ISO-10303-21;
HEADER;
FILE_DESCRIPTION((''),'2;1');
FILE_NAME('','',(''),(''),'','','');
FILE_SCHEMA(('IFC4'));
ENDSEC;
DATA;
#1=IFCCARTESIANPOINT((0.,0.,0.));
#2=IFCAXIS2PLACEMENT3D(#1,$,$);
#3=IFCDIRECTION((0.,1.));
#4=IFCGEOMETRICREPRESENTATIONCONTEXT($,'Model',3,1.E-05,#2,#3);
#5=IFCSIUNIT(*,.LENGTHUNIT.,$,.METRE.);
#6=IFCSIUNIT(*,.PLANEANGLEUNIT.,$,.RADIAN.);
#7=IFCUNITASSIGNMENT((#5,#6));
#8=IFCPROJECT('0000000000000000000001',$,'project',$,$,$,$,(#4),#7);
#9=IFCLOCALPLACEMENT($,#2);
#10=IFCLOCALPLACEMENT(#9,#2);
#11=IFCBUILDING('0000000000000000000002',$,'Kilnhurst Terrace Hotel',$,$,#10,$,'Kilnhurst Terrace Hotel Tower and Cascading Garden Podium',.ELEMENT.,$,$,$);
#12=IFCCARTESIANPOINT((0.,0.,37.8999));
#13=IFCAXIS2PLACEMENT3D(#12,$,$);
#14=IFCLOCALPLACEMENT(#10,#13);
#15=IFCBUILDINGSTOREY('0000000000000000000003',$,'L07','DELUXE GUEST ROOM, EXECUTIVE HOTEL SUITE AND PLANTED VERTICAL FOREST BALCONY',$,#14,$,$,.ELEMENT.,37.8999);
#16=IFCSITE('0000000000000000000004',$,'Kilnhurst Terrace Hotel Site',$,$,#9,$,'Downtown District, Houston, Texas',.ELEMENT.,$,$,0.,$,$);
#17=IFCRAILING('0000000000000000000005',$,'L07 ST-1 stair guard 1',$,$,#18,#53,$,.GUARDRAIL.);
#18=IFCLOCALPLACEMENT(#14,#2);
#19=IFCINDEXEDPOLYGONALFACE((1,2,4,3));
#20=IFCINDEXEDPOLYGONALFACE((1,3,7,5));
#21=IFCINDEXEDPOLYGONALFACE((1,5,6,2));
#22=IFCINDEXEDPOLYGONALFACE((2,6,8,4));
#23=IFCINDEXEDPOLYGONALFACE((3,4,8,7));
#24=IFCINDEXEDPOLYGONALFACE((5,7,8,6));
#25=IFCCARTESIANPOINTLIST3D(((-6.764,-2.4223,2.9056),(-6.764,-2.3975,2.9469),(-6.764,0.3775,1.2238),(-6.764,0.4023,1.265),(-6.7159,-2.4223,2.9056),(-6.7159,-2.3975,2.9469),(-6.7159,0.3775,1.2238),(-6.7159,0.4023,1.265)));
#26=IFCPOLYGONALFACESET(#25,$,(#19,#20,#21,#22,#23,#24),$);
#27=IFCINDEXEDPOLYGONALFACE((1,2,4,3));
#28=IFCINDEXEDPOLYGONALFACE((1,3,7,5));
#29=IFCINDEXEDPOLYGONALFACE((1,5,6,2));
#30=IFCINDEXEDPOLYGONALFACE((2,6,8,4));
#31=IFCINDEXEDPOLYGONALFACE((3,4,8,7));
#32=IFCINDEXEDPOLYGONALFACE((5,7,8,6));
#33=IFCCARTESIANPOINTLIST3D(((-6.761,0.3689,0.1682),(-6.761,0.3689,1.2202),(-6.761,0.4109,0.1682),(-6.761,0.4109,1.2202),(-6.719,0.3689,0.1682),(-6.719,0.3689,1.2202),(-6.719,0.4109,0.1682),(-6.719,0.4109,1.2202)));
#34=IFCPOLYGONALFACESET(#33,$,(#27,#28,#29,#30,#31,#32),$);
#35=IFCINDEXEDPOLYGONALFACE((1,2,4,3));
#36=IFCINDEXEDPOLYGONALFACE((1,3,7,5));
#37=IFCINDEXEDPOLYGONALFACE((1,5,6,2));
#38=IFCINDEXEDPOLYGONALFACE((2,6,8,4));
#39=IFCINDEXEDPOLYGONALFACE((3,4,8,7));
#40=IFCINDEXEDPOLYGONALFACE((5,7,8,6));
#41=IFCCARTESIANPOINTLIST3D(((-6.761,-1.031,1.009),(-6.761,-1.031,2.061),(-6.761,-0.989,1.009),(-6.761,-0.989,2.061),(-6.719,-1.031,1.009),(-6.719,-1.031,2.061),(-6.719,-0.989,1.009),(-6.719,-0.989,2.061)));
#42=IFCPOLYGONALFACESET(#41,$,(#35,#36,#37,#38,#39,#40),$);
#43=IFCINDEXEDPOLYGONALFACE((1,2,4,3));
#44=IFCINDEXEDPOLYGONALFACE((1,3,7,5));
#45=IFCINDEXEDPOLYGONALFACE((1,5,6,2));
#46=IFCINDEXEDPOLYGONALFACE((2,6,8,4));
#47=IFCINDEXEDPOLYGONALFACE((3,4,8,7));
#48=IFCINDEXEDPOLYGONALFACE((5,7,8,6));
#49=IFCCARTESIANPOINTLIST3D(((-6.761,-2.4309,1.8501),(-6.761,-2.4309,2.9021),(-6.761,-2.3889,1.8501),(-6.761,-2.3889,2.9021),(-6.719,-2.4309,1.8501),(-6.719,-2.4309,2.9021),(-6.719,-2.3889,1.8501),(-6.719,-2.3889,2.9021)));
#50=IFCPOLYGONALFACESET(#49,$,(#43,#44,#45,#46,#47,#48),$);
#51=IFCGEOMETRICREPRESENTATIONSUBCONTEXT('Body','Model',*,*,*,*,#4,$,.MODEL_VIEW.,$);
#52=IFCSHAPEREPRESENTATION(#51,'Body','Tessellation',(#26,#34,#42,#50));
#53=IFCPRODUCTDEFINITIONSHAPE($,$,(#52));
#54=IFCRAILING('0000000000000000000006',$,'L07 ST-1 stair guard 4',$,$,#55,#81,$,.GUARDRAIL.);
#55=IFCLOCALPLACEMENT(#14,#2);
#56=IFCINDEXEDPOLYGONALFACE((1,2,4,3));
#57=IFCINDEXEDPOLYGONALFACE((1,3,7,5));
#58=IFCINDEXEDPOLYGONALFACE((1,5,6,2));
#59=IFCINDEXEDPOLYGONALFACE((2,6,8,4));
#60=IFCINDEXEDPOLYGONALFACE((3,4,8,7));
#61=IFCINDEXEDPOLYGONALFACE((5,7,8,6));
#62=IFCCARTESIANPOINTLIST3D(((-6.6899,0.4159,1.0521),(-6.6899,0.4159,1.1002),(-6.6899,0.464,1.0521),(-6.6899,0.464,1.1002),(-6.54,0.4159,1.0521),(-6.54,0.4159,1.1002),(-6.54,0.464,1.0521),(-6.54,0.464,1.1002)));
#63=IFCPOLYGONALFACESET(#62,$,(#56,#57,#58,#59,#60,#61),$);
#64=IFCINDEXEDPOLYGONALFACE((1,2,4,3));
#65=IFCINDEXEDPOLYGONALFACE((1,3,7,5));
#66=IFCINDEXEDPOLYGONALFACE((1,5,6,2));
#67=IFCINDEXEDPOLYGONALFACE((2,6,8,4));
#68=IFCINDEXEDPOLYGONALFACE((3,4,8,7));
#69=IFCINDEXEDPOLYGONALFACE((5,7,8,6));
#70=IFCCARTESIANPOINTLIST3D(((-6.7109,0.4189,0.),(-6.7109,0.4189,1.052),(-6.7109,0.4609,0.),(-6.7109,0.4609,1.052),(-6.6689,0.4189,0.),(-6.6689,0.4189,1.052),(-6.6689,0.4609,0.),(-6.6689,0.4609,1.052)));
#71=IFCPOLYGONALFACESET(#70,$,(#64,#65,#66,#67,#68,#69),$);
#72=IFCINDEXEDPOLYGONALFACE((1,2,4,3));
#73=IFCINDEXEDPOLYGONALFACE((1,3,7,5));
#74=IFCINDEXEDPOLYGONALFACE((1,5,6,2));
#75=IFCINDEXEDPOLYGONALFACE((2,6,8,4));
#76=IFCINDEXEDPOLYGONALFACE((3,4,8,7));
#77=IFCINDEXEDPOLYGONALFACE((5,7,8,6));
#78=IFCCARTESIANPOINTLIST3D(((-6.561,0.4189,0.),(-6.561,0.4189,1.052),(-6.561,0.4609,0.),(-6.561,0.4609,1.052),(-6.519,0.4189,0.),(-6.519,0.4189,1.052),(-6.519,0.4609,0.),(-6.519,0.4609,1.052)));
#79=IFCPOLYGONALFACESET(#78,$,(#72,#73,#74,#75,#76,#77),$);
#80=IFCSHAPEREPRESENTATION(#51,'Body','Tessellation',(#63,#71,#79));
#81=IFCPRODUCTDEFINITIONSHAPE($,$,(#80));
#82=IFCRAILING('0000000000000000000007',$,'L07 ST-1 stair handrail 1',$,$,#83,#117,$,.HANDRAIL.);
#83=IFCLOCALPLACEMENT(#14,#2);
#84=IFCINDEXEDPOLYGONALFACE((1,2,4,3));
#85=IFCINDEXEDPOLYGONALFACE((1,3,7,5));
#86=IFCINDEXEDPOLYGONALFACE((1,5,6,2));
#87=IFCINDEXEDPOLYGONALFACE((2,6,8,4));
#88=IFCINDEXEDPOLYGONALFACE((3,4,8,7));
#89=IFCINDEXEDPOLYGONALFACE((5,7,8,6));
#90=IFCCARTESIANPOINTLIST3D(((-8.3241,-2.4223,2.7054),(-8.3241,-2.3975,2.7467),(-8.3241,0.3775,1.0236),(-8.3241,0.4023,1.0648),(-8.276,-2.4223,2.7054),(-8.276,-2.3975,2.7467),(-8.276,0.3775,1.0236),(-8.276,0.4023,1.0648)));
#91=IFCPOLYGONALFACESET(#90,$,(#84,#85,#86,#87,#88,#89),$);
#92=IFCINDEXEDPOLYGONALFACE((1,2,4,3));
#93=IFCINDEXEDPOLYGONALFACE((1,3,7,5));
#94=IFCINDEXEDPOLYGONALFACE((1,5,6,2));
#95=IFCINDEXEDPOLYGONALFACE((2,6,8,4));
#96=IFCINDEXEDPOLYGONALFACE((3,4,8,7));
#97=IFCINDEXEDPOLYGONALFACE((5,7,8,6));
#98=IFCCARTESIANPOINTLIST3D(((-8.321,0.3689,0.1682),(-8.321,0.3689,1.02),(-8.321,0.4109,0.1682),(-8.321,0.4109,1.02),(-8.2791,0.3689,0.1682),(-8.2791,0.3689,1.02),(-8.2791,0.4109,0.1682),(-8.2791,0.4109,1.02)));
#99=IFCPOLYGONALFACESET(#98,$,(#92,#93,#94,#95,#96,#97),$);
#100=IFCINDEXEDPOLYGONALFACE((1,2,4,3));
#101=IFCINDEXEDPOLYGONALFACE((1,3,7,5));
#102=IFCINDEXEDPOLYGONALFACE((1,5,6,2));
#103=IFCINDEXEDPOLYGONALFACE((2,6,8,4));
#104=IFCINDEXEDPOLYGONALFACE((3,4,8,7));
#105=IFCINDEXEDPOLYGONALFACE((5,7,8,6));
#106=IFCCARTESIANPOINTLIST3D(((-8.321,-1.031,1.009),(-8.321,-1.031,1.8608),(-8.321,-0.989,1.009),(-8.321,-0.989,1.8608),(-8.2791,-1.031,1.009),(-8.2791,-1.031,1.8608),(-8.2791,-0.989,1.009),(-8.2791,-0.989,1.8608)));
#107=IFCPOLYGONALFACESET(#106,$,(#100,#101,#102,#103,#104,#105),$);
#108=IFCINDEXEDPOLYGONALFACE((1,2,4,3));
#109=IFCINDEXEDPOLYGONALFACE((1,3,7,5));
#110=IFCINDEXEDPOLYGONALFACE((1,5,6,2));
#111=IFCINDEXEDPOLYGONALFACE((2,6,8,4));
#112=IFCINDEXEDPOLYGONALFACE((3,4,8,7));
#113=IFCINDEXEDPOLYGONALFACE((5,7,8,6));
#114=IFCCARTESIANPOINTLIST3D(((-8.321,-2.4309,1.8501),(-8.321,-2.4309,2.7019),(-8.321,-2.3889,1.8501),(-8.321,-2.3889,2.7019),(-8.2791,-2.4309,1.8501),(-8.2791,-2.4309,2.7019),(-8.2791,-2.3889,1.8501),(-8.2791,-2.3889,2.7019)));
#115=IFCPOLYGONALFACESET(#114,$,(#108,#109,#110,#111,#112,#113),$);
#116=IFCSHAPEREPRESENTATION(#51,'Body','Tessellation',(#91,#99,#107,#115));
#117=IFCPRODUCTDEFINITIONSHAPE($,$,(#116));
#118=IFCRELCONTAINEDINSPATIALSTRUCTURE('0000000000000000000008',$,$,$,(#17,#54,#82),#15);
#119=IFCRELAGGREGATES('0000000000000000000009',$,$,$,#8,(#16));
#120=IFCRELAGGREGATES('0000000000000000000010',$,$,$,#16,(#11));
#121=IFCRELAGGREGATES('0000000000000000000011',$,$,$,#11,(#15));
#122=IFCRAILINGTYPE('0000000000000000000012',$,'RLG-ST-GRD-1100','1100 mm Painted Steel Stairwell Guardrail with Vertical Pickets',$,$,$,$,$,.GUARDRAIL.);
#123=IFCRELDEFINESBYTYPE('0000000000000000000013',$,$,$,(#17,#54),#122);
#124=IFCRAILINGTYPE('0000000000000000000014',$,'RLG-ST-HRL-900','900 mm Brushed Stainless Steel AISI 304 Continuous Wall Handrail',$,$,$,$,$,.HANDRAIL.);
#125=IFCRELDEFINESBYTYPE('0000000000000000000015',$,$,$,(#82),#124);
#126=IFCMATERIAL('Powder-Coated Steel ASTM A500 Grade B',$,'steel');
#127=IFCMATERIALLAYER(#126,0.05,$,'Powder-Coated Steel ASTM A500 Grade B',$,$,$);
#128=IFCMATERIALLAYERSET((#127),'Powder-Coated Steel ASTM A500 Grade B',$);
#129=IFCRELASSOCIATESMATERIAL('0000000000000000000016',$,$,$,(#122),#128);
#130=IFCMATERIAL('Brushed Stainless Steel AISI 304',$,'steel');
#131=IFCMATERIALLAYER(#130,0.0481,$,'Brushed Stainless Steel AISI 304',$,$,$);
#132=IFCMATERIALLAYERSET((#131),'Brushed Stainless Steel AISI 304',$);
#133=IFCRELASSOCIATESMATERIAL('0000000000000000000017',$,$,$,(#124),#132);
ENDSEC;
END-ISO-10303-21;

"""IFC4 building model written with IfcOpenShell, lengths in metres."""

from ifc_helpers import new_model, si_unit, direction, frame, origin, origin_2d, place, context, subcontext, project, spatial, rectangle, extrude, material, layer, layer_set, type_object, element, save


model = new_model("IFC4")

# Units and contexts
model_context = context("Model", 3, precision=1e-05, world=origin(), true_north=direction((0.0, 1.0)))
body_context = subcontext(model_context, "Body", "Model", "MODEL_VIEW")
ifc_project = project(units=[si_unit("LENGTHUNIT", "METRE"), si_unit("PLANEANGLEUNIT", "RADIAN")], contexts=[model_context])

# Site, building, storey
site_placement = place(None, origin())
site = spatial("IfcSite", under=ifc_project, at=site_placement, Name="Kilnhurst Terrace Hotel Site", LongName="Downtown District, Houston, Texas", CompositionType="ELEMENT", RefElevation=0.0)
building_placement = place(site_placement, origin())
building = spatial("IfcBuilding", under=site, at=building_placement, Name="Kilnhurst Terrace Hotel", LongName="Kilnhurst Terrace Hotel Tower and Cascading Garden Podium", CompositionType="ELEMENT")
storey_placement = place(building_placement, frame((0.0, 0.0, 37.8999)))
storey = spatial("IfcBuildingStorey", under=building, at=storey_placement, Name="L07", Description="DELUXE GUEST ROOM, EXECUTIVE HOTEL SUITE AND PLANTED VERTICAL FOREST BALCONY", CompositionType="ELEMENT", Elevation=37.8999)

# Railings
ifc_material_1 = material(Name="Powder-Coated Steel ASTM A500 Grade B", Category="steel")
ifc_layer_1 = layer(ifc_material_1, 0.05, Name="Powder-Coated Steel ASTM A500 Grade B")
ifc_layer_set_1 = layer_set([ifc_layer_1], Name="Powder-Coated Steel ASTM A500 Grade B")
railing_type_1 = type_object("IfcRailingType", Name="RLG-ST-GRD-1100", Description="1100 mm Painted Steel Stairwell Guardrail with Vertical Pickets", PredefinedType="GUARDRAIL", material=ifc_layer_set_1)
railing_1_placement = place(storey_placement, frame((-6.74, 0.3899, 0.1682)))
element("IfcRailing", 1, at=railing_1_placement, inside=storey, type_object=railing_type_1, Name="L07 ST-1 stair guard 1", PredefinedType="GUARDRAIL", context=body_context, shape_type="SweptSolid", body=[
    extrude(rectangle(XDim=0.0481, YDim=0.0481, at=origin_2d()), frame((0.0, 0.0, 1.0762), z_axis=(0.0, -0.857222, 0.514946), x_axis=(1.0, 0.0, 0.0)), (0.0, 0.0, 1.0), 3.2661),
    extrude(rectangle(XDim=0.042, YDim=0.042, at=origin_2d()), origin(), (0.0, 0.0, 1.0), 1.052),
    extrude(rectangle(XDim=0.042, YDim=0.042, at=origin_2d()), frame((0.0, -1.3999, 0.8408)), (0.0, 0.0, 1.0), 1.052),
    extrude(rectangle(XDim=0.042, YDim=0.042, at=origin_2d()), frame((0.0, -2.7998, 1.6819)), (0.0, 0.0, 1.0), 1.052),
])
railing_2_placement = place(storey_placement, frame((-6.6899, 0.4399, 0.0)))
element("IfcRailing", 2, at=railing_2_placement, inside=storey, type_object=railing_type_1, Name="L07 ST-1 stair guard 4", PredefinedType="GUARDRAIL", context=body_context, shape_type="SweptSolid", body=[
    extrude(rectangle(XDim=0.0481, YDim=0.0481, at=origin_2d()), frame((0.0, 0.0, 1.0762), z_axis=(1.0, 0.0, 0.0), x_axis=(0.0, 1.0, 0.0)), (0.0, 0.0, 1.0), 0.1499),
    extrude(rectangle(XDim=0.042, YDim=0.042, at=origin_2d()), origin(), (0.0, 0.0, 1.0), 1.052),
    extrude(rectangle(XDim=0.042, YDim=0.042, at=origin_2d()), frame((0.1499, 0.0, 0.0)), (0.0, 0.0, 1.0), 1.052),
])
ifc_material_2 = material(Name="Brushed Stainless Steel AISI 304", Category="steel")
ifc_layer_2 = layer(ifc_material_2, 0.0481, Name="Brushed Stainless Steel AISI 304")
ifc_layer_set_2 = layer_set([ifc_layer_2], Name="Brushed Stainless Steel AISI 304")
railing_type_2 = type_object("IfcRailingType", Name="RLG-ST-HRL-900", Description="900 mm Brushed Stainless Steel AISI 304 Continuous Wall Handrail", PredefinedType="HANDRAIL", material=ifc_layer_set_2)
railing_3_placement = place(storey_placement, frame((-8.3, 0.3899, 0.1682)))
element("IfcRailing", 3, at=railing_3_placement, inside=storey, type_object=railing_type_2, Name="L07 ST-1 stair handrail 1", PredefinedType="HANDRAIL", context=body_context, shape_type="SweptSolid", body=[
    extrude(rectangle(XDim=0.0481, YDim=0.0481, at=origin_2d()), frame((0.0, 0.0, 0.876), z_axis=(0.0, -0.857222, 0.514946), x_axis=(1.0, 0.0, 0.0)), (0.0, 0.0, 1.0), 3.2661),
    extrude(rectangle(XDim=0.042, YDim=0.042, at=origin_2d()), origin(), (0.0, 0.0, 1.0), 0.8518),
    extrude(rectangle(XDim=0.042, YDim=0.042, at=origin_2d()), frame((0.0, -1.3999, 0.8408)), (0.0, 0.0, 1.0), 0.8518),
    extrude(rectangle(XDim=0.042, YDim=0.042, at=origin_2d()), frame((0.0, -2.7998, 1.6819)), (0.0, 0.0, 1.0), 0.8518),
])

save(model, "model.ifc")
